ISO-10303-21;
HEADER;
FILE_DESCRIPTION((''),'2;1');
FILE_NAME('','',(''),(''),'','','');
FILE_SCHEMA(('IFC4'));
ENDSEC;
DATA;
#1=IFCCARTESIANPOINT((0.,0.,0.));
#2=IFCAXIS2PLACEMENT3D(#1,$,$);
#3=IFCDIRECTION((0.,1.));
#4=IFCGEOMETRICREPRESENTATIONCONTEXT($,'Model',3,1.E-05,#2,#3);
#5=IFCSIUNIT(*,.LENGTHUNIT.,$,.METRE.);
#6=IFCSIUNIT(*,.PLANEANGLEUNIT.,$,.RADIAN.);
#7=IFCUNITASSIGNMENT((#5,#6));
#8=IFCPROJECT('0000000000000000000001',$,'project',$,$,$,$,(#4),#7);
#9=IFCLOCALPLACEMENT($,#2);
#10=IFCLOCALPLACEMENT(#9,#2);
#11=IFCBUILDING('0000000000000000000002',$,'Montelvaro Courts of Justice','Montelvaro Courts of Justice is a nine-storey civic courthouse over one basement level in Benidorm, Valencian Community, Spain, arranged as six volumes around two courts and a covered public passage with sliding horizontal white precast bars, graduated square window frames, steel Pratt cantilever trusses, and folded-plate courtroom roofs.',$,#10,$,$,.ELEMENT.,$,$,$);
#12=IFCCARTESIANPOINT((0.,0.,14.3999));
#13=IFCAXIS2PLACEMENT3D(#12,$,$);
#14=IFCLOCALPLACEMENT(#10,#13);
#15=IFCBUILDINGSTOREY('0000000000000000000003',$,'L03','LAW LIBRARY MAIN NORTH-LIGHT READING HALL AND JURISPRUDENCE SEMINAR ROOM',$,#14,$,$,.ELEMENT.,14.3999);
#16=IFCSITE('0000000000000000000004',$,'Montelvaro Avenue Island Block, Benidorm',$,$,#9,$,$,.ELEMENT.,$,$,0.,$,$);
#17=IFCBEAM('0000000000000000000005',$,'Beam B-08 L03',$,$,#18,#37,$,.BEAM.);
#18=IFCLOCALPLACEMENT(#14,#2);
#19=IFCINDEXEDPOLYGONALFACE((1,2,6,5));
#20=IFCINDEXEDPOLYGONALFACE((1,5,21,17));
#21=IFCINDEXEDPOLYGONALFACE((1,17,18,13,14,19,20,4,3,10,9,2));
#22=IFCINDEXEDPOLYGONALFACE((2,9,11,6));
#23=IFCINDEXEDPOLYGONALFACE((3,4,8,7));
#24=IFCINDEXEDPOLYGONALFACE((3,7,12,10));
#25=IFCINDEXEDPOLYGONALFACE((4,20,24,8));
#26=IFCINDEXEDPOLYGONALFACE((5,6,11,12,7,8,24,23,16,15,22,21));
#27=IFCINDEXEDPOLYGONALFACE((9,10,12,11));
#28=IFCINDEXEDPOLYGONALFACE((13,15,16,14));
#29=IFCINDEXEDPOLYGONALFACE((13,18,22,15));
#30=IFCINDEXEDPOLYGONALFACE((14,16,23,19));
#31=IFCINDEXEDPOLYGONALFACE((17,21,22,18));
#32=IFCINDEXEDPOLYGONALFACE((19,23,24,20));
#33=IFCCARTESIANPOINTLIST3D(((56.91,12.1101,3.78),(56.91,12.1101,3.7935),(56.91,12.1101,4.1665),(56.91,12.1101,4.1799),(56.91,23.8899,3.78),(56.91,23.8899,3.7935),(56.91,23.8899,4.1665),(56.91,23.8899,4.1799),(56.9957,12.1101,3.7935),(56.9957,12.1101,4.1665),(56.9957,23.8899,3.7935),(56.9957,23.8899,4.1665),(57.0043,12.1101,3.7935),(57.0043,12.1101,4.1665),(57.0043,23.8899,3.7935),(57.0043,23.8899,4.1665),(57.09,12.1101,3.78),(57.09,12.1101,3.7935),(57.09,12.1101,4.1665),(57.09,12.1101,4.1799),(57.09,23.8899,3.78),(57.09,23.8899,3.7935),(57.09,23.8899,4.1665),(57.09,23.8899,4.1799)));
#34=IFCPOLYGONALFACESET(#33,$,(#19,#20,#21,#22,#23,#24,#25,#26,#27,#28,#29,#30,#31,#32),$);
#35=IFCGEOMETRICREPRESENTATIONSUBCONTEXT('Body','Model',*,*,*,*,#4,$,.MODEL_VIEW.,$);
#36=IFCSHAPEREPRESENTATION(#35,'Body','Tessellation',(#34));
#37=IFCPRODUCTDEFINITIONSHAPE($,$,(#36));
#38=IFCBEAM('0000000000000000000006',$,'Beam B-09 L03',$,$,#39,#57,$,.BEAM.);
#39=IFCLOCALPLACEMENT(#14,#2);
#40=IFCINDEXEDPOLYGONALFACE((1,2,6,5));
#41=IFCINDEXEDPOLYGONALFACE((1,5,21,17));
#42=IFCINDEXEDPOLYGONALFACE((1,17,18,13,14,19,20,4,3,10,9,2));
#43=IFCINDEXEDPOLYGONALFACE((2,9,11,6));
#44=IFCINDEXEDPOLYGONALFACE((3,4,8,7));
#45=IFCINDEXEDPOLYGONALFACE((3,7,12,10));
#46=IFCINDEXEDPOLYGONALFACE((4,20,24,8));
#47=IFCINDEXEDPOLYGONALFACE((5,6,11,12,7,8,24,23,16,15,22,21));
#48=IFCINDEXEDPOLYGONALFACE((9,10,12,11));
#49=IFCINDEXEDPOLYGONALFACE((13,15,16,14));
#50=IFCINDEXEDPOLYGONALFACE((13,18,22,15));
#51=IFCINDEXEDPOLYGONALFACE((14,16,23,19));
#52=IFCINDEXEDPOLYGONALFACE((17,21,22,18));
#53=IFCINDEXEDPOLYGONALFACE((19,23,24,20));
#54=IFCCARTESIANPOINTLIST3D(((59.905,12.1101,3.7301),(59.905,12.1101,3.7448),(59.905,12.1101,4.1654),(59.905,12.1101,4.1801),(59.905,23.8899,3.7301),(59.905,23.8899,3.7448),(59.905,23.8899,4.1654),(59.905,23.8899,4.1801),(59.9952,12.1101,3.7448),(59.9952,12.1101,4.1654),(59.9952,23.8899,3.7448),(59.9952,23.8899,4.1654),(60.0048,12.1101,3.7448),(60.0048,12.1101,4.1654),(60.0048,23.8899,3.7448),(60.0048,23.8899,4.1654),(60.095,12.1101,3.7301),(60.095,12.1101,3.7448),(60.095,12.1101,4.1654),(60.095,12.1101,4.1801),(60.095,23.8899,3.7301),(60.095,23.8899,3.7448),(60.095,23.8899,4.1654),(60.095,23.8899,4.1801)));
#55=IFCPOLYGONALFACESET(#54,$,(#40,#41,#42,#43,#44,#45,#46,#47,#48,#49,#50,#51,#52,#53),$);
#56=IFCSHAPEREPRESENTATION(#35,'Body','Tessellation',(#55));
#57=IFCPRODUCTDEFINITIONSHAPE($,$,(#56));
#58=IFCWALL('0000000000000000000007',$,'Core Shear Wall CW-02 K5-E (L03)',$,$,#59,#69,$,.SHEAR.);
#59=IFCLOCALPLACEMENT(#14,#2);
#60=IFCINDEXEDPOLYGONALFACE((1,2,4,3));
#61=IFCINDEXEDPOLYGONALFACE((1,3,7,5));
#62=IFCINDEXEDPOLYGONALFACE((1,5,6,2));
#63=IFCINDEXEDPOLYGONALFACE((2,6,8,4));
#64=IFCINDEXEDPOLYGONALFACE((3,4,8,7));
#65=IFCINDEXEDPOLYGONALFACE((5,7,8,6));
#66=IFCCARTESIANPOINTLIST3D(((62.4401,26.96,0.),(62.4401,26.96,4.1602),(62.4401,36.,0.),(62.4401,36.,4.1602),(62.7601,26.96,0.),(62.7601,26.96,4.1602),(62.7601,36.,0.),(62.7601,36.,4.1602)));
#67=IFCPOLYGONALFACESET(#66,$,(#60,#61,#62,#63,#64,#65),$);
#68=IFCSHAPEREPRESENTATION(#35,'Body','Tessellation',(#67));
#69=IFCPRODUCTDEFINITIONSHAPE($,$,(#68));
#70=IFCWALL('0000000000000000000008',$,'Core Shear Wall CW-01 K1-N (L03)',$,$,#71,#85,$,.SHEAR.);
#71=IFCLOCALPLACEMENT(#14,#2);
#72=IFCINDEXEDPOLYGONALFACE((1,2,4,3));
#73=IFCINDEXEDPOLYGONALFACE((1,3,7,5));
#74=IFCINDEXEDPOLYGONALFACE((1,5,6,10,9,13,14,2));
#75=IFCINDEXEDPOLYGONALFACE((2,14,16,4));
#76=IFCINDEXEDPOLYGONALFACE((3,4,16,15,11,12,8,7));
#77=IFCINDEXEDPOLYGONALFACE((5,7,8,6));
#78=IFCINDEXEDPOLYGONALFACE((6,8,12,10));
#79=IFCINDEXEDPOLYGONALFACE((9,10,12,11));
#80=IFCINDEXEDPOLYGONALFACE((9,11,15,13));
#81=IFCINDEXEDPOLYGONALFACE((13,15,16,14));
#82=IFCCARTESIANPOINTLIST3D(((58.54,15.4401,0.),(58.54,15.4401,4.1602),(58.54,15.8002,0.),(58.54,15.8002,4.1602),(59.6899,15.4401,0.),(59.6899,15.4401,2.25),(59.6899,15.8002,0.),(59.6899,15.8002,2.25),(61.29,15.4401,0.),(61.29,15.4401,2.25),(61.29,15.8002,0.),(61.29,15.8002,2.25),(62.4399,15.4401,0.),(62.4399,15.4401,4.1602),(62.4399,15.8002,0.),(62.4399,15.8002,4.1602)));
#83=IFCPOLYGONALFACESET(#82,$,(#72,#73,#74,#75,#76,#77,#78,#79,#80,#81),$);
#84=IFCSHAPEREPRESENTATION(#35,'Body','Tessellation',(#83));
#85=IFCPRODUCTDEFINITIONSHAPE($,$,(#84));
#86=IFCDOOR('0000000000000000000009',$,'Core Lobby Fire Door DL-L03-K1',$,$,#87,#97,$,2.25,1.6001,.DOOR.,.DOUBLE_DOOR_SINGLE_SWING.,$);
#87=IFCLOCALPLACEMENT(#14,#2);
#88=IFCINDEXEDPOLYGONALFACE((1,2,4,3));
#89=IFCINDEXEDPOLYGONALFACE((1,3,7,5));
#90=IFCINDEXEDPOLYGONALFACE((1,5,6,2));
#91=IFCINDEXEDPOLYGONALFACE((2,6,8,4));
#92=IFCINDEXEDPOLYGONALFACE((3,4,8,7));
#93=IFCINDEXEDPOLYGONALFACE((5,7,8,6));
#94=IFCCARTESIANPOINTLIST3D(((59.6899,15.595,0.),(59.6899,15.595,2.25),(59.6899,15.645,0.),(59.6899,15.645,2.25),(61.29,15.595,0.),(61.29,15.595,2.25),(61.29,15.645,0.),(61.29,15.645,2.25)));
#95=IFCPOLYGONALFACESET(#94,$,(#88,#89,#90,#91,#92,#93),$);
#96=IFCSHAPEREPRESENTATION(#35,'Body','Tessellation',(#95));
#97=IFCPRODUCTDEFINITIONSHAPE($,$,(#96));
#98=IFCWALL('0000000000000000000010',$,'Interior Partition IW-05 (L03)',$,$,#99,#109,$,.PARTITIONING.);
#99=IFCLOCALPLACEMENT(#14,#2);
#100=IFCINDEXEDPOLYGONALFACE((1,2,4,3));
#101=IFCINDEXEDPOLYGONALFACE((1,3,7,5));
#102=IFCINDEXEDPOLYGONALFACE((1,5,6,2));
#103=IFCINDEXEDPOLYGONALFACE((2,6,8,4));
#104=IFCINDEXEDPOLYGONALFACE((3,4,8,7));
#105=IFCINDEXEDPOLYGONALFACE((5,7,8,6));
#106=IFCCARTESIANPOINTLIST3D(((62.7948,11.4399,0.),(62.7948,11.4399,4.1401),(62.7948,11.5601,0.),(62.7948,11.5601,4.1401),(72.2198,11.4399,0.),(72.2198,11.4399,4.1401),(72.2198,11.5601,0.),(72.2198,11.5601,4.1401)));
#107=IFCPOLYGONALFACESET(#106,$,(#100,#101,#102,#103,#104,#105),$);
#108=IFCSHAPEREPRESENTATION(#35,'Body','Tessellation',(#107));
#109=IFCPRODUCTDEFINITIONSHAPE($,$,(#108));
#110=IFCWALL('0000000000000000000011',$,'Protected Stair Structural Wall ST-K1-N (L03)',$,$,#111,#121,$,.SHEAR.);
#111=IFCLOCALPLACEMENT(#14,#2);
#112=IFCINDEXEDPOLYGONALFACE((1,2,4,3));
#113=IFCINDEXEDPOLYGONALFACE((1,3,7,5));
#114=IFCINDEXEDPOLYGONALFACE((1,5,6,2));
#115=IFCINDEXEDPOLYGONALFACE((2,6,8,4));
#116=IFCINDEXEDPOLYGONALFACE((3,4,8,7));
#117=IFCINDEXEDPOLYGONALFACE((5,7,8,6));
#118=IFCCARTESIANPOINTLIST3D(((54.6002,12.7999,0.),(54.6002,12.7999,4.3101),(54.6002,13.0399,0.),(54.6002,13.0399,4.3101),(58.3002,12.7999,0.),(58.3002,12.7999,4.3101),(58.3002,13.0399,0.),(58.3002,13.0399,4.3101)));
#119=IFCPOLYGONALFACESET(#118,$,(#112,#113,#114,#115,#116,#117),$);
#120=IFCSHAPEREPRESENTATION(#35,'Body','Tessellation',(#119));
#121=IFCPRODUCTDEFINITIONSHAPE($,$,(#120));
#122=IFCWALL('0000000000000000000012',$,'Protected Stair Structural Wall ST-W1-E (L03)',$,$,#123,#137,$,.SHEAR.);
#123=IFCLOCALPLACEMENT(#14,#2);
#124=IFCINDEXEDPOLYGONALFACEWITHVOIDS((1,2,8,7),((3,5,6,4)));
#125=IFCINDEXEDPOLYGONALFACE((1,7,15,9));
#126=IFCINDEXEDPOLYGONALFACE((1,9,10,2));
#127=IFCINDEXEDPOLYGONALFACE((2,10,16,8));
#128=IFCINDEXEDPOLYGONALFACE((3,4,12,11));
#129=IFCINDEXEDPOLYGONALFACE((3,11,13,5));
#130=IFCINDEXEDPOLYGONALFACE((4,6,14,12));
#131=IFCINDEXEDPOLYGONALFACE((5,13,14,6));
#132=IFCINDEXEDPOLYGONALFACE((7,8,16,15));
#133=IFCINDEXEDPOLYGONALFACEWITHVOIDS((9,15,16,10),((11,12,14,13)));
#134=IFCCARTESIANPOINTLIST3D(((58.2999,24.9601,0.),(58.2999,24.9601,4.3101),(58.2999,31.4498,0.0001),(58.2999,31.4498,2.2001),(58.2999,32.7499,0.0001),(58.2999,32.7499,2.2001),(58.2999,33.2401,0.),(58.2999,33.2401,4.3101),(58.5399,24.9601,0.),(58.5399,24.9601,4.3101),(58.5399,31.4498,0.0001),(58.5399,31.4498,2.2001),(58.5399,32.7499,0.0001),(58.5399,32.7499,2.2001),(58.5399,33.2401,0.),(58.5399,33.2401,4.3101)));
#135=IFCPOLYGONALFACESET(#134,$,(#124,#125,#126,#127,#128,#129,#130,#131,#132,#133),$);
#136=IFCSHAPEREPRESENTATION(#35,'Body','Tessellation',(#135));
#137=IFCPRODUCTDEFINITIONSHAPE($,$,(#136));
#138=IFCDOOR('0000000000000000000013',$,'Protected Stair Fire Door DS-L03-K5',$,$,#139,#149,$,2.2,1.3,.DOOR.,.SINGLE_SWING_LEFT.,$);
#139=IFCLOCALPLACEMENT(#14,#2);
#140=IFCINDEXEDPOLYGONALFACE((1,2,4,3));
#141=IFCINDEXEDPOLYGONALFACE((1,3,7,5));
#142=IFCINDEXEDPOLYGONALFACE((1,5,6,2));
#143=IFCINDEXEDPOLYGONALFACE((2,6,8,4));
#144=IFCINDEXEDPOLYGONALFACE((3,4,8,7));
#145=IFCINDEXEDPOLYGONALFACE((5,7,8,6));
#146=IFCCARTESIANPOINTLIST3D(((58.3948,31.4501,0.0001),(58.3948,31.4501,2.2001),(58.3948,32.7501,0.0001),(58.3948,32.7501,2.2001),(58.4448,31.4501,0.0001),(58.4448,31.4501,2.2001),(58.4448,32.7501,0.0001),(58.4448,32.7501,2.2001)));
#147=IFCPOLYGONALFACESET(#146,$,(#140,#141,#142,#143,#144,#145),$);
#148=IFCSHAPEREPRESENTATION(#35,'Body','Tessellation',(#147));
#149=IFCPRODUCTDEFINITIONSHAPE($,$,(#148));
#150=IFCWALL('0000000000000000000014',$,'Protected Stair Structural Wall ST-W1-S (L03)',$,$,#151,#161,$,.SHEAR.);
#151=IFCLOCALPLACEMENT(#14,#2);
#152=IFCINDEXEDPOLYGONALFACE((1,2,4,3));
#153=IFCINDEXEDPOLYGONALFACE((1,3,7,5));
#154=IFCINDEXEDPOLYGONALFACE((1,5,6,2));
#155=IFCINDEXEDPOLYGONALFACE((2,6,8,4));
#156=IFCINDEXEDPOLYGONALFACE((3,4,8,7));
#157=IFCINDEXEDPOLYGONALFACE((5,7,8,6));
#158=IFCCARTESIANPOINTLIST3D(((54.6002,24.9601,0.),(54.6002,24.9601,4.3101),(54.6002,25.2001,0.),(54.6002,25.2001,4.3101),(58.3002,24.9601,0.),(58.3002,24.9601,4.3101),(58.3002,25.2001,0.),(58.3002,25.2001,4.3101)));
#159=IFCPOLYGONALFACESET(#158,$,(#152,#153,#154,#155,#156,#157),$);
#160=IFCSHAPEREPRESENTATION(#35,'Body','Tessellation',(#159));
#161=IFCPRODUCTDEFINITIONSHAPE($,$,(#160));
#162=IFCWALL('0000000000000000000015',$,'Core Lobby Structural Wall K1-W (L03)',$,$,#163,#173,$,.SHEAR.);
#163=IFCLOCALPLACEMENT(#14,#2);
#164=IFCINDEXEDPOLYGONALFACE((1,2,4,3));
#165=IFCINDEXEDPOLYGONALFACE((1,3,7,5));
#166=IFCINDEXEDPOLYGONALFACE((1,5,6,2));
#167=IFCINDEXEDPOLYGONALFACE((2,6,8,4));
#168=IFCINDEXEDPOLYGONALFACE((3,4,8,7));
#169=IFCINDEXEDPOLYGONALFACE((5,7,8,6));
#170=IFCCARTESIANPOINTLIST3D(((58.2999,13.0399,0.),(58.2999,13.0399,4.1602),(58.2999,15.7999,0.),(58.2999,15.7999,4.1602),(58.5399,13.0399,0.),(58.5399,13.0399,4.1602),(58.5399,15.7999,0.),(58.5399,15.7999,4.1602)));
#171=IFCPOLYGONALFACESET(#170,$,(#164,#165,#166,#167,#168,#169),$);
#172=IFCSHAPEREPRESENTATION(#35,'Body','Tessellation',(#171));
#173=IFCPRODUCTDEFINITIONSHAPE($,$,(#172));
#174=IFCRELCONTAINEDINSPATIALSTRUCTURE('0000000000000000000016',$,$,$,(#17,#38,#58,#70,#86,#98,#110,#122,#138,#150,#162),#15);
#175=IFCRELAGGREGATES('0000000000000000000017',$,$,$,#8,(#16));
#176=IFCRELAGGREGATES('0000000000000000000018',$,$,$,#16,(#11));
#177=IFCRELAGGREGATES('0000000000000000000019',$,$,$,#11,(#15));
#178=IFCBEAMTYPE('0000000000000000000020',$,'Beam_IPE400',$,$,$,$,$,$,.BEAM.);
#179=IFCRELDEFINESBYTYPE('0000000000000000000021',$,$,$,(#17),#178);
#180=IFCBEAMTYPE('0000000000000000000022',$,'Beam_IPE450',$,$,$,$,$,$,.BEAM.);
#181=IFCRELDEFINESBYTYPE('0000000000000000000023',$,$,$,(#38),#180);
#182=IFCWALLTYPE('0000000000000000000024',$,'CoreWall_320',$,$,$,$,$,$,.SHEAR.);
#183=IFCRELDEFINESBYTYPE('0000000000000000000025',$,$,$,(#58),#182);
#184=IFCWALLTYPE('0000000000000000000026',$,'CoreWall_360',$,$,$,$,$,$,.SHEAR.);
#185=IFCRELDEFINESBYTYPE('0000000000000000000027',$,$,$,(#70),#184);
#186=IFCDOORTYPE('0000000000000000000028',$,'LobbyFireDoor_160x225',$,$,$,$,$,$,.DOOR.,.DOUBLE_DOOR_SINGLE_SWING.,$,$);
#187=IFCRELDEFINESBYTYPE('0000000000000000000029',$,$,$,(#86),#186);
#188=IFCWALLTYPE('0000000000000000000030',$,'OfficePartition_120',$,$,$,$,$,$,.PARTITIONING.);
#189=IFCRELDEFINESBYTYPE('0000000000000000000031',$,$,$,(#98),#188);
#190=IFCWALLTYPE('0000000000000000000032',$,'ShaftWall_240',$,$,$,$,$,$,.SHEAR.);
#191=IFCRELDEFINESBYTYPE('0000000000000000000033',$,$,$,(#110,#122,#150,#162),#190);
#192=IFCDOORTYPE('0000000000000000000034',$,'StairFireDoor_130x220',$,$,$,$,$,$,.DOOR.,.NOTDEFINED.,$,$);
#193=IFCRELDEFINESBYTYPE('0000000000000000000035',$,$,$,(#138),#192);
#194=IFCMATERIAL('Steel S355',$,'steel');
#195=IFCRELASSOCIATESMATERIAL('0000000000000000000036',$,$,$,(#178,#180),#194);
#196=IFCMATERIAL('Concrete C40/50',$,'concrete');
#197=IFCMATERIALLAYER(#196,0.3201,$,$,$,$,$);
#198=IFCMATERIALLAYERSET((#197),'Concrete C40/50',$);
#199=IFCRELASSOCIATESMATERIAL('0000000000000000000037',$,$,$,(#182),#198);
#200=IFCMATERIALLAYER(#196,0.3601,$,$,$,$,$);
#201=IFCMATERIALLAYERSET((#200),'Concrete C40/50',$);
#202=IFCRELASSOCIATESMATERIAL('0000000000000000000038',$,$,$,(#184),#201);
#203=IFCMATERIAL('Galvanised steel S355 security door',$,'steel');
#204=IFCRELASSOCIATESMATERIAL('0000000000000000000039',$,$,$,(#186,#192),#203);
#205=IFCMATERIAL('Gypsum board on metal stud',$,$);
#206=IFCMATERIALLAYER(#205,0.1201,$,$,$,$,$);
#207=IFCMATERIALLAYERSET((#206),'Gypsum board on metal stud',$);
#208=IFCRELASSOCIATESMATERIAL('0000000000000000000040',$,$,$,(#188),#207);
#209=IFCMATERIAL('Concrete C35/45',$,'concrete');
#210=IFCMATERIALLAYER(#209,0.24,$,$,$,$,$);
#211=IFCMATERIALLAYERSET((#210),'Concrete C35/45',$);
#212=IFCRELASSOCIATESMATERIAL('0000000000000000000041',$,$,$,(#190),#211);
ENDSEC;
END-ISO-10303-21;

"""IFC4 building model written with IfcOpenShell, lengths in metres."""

from ifc_helpers import new_model, si_unit, direction, frame, frame_2d, origin, origin_2d, place, context, subcontext, project, spatial, rectangle, i_section, extrude, material, layer, layer_set, material_profile, profile_set, type_object, element, fill, save


model = new_model("IFC4")

# Units and contexts
model_context = context("Model", 3, precision=1e-05, world=origin(), true_north=direction((0.0, 1.0)))
body_context = subcontext(model_context, "Body", "Model", "MODEL_VIEW")
ifc_project = project(units=[si_unit("LENGTHUNIT", "METRE"), si_unit("PLANEANGLEUNIT", "RADIAN")], contexts=[model_context])

# Site, building, storey
site_placement = place(None, origin())
site = spatial("IfcSite", under=ifc_project, at=site_placement, Name="Montelvaro Avenue Island Block, Benidorm", CompositionType="ELEMENT", RefElevation=0.0)
building_placement = place(site_placement, origin())
building = spatial("IfcBuilding", under=site, at=building_placement, Name="Montelvaro Courts of Justice", Description="Montelvaro Courts of Justice is a nine-storey civic courthouse over one basement level in Benidorm, Valencian Community, Spain, arranged as six volumes around two courts and a covered public passage with sliding horizontal white precast bars, graduated square window frames, steel Pratt cantilever trusses, and folded-plate courtroom roofs.", CompositionType="ELEMENT")
storey_placement = place(building_placement, frame((0.0, 0.0, 14.3999)))
storey = spatial("IfcBuildingStorey", under=building, at=storey_placement, Name="L03", Description="LAW LIBRARY MAIN NORTH-LIGHT READING HALL AND JURISPRUDENCE SEMINAR ROOM", CompositionType="ELEMENT", Elevation=14.3999)

# Beams
ifc_material_1 = material(Name="Steel S355", Category="steel")
ifc_material_profile_1 = material_profile(ifc_material_1, i_section(OverallWidth=0.1799, OverallDepth=0.3999, WebThickness=0.0085, FlangeThickness=0.0134, at=origin_2d()), Name="IPE 400")
ifc_profile_set_1 = profile_set([ifc_material_profile_1], Name="Steel S355")
beam_type_1 = type_object("IfcBeamType", Name="Beam_IPE400", PredefinedType="BEAM", material=ifc_profile_set_1)
beam_1_placement = place(storey_placement, frame((57.0, 12.1101, 3.98), z_axis=(0.0, 1.0, 0.0), x_axis=(-1.0, 0.0, 0.0)))
element("IfcBeam", 1, at=beam_1_placement, inside=storey, type_object=beam_type_1, Name="Beam B-08 L03", PredefinedType="BEAM", context=body_context, shape_type="SweptSolid", body=[
    extrude(i_section(OverallWidth=0.1799, OverallDepth=0.3999, WebThickness=0.0085, FlangeThickness=0.0134, at=origin_2d()), origin(), (0.0, 0.0, 1.0), 11.7798),
])
ifc_material_profile_2 = material_profile(ifc_material_1, i_section(OverallWidth=0.1899, OverallDepth=0.45, WebThickness=0.0095, FlangeThickness=0.0146, at=origin_2d()), Name="IPE 450")
ifc_profile_set_2 = profile_set([ifc_material_profile_2], Name="Steel S355")
beam_type_2 = type_object("IfcBeamType", Name="Beam_IPE450", PredefinedType="BEAM", material=ifc_profile_set_2)
beam_2_placement = place(storey_placement, frame((60.0, 12.1101, 3.9551), z_axis=(0.0, 1.0, 0.0), x_axis=(-1.0, 0.0, 0.0)))
element("IfcBeam", 2, at=beam_2_placement, inside=storey, type_object=beam_type_2, Name="Beam B-09 L03", PredefinedType="BEAM", context=body_context, shape_type="SweptSolid", body=[
    extrude(i_section(OverallWidth=0.1899, OverallDepth=0.45, WebThickness=0.0095, FlangeThickness=0.0146, at=origin_2d()), origin(), (0.0, 0.0, 1.0), 11.7798),
])

# Wall
ifc_material_2 = material(Name="Concrete C40/50", Category="concrete")
ifc_layer_1 = layer(ifc_material_2, 0.3201)
ifc_layer_set_1 = layer_set([ifc_layer_1], Name="Concrete C40/50")
wall_type_1 = type_object("IfcWallType", Name="CoreWall_320", PredefinedType="SHEAR", material=ifc_layer_set_1)
wall_1_placement = place(storey_placement, frame((62.6001, 26.96, 0.0), z_axis=(0.0, 0.0, 1.0), x_axis=(0.0, 1.0, 0.0)))
element("IfcWall", 3, at=wall_1_placement, inside=storey, type_object=wall_type_1, Name="Core Shear Wall CW-02 K5-E (L03)", PredefinedType="SHEAR", context=body_context, shape_type="SweptSolid", body=[
    extrude(rectangle(XDim=9.04, YDim=0.3201, at=frame_2d((4.52, 0.0))), origin(), (0.0, 0.0, 1.0), 4.1602),
])

# Wall, opening, door
ifc_layer_2 = layer(ifc_material_2, 0.3601)
ifc_layer_set_2 = layer_set([ifc_layer_2], Name="Concrete C40/50")
wall_type_2 = type_object("IfcWallType", Name="CoreWall_360", PredefinedType="SHEAR", material=ifc_layer_set_2)
wall_2_placement = place(storey_placement, frame((58.54, 15.6201, 0.0), z_axis=(0.0, 0.0, 1.0), x_axis=(1.0, 0.0, 0.0)))
wall_2 = element("IfcWall", 4, at=wall_2_placement, inside=storey, type_object=wall_type_2, Name="Core Shear Wall CW-01 K1-N (L03)", PredefinedType="SHEAR", context=body_context, shape_type="SweptSolid", body=[
    extrude(rectangle(XDim=3.8999, YDim=0.3601, at=frame_2d((1.95, 0.0))), origin(), (0.0, 0.0, 1.0), 4.1602),
])
opening_1_placement = place(wall_2_placement, frame((1.1499, 0.0, 0.0)))
opening_1 = element("IfcOpeningElement", 5, at=opening_1_placement, cuts=wall_2, PredefinedType="OPENING", context=body_context, shape_type="SweptSolid", body=[
    extrude(rectangle(XDim=1.6001, YDim=2.25, at=frame_2d((0.8, 1.125))), frame((0.0, 0.1948, 0.0), z_axis=(0.0, -1.0, 0.0), x_axis=(1.0, 0.0, 0.0)), (0.0, 0.0, 1.0), 0.3899),
])
ifc_material_3 = material(Name="Galvanised steel S355 security door", Category="steel")
door_type_1 = type_object("IfcDoorType", Name="LobbyFireDoor_160x225", OperationType="DOUBLE_DOOR_SINGLE_SWING", PredefinedType="DOOR", material=ifc_material_3)
door_1_placement = place(opening_1_placement, origin())
door_1 = element("IfcDoor", 6, at=door_1_placement, inside=storey, type_object=door_type_1, Name="Core Lobby Fire Door DL-L03-K1", OperationType="DOUBLE_DOOR_SINGLE_SWING", OverallHeight=2.25, OverallWidth=1.6001, PredefinedType="DOOR", context=body_context, shape_type="SweptSolid", body=[
    extrude(rectangle(XDim=1.6001, YDim=2.25, at=frame_2d((0.8, 1.125))), frame((0.0, 0.0249, 0.0), z_axis=(0.0, -1.0, 0.0), x_axis=(1.0, 0.0, 0.0)), (0.0, 0.0, 1.0), 0.05),
])
fill(opening_1, door_1)

# Walls
ifc_material_4 = material(Name="Gypsum board on metal stud")
ifc_layer_3 = layer(ifc_material_4, 0.1201)
ifc_layer_set_3 = layer_set([ifc_layer_3], Name="Gypsum board on metal stud")
wall_type_3 = type_object("IfcWallType", Name="OfficePartition_120", PredefinedType="PARTITIONING", material=ifc_layer_set_3)
wall_3_placement = place(storey_placement, frame((62.7949, 11.5, 0.0), z_axis=(0.0, 0.0, 1.0), x_axis=(1.0, 0.0, 0.0)))
element("IfcWall", 7, at=wall_3_placement, inside=storey, type_object=wall_type_3, Name="Interior Partition IW-05 (L03)", PredefinedType="PARTITIONING", context=body_context, shape_type="SweptSolid", body=[
    extrude(rectangle(XDim=9.425, YDim=0.1201, at=frame_2d((4.7124, 0.0))), origin(), (0.0, 0.0, 1.0), 4.1401),
])
ifc_material_5 = material(Name="Concrete C35/45", Category="concrete")
ifc_layer_4 = layer(ifc_material_5, 0.24)
ifc_layer_set_4 = layer_set([ifc_layer_4], Name="Concrete C35/45")
wall_type_4 = type_object("IfcWallType", Name="ShaftWall_240", PredefinedType="SHEAR", material=ifc_layer_set_4)
wall_4_placement = place(storey_placement, frame((54.6001, 12.9199, 0.0), z_axis=(0.0, 0.0, 1.0), x_axis=(1.0, 0.0, 0.0)))
element("IfcWall", 8, at=wall_4_placement, inside=storey, type_object=wall_type_4, Name="Protected Stair Structural Wall ST-K1-N (L03)", PredefinedType="SHEAR", context=body_context, shape_type="SweptSolid", body=[
    extrude(rectangle(XDim=3.7, YDim=0.24, at=frame_2d((1.8501, 0.0))), origin(), (0.0, 0.0, 1.0), 4.3101),
])

# Wall, opening, door
wall_5_placement = place(storey_placement, frame((58.4199, 24.96, 0.0), z_axis=(0.0, 0.0, 1.0), x_axis=(0.0, 1.0, 0.0)))
wall_5 = element("IfcWall", 9, at=wall_5_placement, inside=storey, type_object=wall_type_4, Name="Protected Stair Structural Wall ST-W1-E (L03)", PredefinedType="SHEAR", context=body_context, shape_type="SweptSolid", body=[
    extrude(rectangle(XDim=8.28, YDim=0.24, at=frame_2d((4.1401, 0.0))), origin(), (0.0, 0.0, 1.0), 4.3101),
])
opening_2_placement = place(wall_5_placement, frame((6.49, 0.0, 0.0)))
opening_2 = element("IfcOpeningElement", 10, at=opening_2_placement, cuts=wall_5, PredefinedType="OPENING", context=body_context, shape_type="SweptSolid", body=[
    extrude(rectangle(XDim=1.3, YDim=2.2, at=frame_2d((0.6499, 1.1001))), frame((0.0, 0.1348, 0.0), z_axis=(0.0, -1.0, 0.0), x_axis=(1.0, 0.0, 0.0)), (0.0, 0.0, 1.0), 0.2698),
])
door_type_2 = type_object("IfcDoorType", Name="StairFireDoor_130x220", OperationType="NOTDEFINED", PredefinedType="DOOR", material=ifc_material_3)
door_2_placement = place(opening_2_placement, frame((1.3, 0.0, 0.0), z_axis=(0.0, 0.0, 1.0), x_axis=(-1.0, 0.0, 0.0)))
door_2 = element("IfcDoor", 11, at=door_2_placement, inside=storey, type_object=door_type_2, Name="Protected Stair Fire Door DS-L03-K5", OperationType="SINGLE_SWING_LEFT", OverallHeight=2.2, OverallWidth=1.3, PredefinedType="DOOR", context=body_context, shape_type="SweptSolid", body=[
    extrude(rectangle(XDim=1.3, YDim=2.2, at=frame_2d((0.6499, 1.1001))), frame((0.0, 0.0249, 0.0), z_axis=(0.0, -1.0, 0.0), x_axis=(1.0, 0.0, 0.0)), (0.0, 0.0, 1.0), 0.05),
])
fill(opening_2, door_2)

# Walls
wall_6_placement = place(storey_placement, frame((54.6001, 25.0801, 0.0), z_axis=(0.0, 0.0, 1.0), x_axis=(1.0, 0.0, 0.0)))
element("IfcWall", 12, at=wall_6_placement, inside=storey, type_object=wall_type_4, Name="Protected Stair Structural Wall ST-W1-S (L03)", PredefinedType="SHEAR", context=body_context, shape_type="SweptSolid", body=[
    extrude(rectangle(XDim=3.7, YDim=0.24, at=frame_2d((1.8501, 0.0))), origin(), (0.0, 0.0, 1.0), 4.3101),
])
wall_7_placement = place(storey_placement, frame((58.4199, 13.04, 0.0), z_axis=(0.0, 0.0, 1.0), x_axis=(0.0, 1.0, 0.0)))
element("IfcWall", 13, at=wall_7_placement, inside=storey, type_object=wall_type_4, Name="Core Lobby Structural Wall K1-W (L03)", PredefinedType="SHEAR", context=body_context, shape_type="SweptSolid", body=[
    extrude(rectangle(XDim=2.76, YDim=0.24, at=frame_2d((1.3799, 0.0))), origin(), (0.0, 0.0, 1.0), 4.1602),
])

save(model, "model.ifc")
